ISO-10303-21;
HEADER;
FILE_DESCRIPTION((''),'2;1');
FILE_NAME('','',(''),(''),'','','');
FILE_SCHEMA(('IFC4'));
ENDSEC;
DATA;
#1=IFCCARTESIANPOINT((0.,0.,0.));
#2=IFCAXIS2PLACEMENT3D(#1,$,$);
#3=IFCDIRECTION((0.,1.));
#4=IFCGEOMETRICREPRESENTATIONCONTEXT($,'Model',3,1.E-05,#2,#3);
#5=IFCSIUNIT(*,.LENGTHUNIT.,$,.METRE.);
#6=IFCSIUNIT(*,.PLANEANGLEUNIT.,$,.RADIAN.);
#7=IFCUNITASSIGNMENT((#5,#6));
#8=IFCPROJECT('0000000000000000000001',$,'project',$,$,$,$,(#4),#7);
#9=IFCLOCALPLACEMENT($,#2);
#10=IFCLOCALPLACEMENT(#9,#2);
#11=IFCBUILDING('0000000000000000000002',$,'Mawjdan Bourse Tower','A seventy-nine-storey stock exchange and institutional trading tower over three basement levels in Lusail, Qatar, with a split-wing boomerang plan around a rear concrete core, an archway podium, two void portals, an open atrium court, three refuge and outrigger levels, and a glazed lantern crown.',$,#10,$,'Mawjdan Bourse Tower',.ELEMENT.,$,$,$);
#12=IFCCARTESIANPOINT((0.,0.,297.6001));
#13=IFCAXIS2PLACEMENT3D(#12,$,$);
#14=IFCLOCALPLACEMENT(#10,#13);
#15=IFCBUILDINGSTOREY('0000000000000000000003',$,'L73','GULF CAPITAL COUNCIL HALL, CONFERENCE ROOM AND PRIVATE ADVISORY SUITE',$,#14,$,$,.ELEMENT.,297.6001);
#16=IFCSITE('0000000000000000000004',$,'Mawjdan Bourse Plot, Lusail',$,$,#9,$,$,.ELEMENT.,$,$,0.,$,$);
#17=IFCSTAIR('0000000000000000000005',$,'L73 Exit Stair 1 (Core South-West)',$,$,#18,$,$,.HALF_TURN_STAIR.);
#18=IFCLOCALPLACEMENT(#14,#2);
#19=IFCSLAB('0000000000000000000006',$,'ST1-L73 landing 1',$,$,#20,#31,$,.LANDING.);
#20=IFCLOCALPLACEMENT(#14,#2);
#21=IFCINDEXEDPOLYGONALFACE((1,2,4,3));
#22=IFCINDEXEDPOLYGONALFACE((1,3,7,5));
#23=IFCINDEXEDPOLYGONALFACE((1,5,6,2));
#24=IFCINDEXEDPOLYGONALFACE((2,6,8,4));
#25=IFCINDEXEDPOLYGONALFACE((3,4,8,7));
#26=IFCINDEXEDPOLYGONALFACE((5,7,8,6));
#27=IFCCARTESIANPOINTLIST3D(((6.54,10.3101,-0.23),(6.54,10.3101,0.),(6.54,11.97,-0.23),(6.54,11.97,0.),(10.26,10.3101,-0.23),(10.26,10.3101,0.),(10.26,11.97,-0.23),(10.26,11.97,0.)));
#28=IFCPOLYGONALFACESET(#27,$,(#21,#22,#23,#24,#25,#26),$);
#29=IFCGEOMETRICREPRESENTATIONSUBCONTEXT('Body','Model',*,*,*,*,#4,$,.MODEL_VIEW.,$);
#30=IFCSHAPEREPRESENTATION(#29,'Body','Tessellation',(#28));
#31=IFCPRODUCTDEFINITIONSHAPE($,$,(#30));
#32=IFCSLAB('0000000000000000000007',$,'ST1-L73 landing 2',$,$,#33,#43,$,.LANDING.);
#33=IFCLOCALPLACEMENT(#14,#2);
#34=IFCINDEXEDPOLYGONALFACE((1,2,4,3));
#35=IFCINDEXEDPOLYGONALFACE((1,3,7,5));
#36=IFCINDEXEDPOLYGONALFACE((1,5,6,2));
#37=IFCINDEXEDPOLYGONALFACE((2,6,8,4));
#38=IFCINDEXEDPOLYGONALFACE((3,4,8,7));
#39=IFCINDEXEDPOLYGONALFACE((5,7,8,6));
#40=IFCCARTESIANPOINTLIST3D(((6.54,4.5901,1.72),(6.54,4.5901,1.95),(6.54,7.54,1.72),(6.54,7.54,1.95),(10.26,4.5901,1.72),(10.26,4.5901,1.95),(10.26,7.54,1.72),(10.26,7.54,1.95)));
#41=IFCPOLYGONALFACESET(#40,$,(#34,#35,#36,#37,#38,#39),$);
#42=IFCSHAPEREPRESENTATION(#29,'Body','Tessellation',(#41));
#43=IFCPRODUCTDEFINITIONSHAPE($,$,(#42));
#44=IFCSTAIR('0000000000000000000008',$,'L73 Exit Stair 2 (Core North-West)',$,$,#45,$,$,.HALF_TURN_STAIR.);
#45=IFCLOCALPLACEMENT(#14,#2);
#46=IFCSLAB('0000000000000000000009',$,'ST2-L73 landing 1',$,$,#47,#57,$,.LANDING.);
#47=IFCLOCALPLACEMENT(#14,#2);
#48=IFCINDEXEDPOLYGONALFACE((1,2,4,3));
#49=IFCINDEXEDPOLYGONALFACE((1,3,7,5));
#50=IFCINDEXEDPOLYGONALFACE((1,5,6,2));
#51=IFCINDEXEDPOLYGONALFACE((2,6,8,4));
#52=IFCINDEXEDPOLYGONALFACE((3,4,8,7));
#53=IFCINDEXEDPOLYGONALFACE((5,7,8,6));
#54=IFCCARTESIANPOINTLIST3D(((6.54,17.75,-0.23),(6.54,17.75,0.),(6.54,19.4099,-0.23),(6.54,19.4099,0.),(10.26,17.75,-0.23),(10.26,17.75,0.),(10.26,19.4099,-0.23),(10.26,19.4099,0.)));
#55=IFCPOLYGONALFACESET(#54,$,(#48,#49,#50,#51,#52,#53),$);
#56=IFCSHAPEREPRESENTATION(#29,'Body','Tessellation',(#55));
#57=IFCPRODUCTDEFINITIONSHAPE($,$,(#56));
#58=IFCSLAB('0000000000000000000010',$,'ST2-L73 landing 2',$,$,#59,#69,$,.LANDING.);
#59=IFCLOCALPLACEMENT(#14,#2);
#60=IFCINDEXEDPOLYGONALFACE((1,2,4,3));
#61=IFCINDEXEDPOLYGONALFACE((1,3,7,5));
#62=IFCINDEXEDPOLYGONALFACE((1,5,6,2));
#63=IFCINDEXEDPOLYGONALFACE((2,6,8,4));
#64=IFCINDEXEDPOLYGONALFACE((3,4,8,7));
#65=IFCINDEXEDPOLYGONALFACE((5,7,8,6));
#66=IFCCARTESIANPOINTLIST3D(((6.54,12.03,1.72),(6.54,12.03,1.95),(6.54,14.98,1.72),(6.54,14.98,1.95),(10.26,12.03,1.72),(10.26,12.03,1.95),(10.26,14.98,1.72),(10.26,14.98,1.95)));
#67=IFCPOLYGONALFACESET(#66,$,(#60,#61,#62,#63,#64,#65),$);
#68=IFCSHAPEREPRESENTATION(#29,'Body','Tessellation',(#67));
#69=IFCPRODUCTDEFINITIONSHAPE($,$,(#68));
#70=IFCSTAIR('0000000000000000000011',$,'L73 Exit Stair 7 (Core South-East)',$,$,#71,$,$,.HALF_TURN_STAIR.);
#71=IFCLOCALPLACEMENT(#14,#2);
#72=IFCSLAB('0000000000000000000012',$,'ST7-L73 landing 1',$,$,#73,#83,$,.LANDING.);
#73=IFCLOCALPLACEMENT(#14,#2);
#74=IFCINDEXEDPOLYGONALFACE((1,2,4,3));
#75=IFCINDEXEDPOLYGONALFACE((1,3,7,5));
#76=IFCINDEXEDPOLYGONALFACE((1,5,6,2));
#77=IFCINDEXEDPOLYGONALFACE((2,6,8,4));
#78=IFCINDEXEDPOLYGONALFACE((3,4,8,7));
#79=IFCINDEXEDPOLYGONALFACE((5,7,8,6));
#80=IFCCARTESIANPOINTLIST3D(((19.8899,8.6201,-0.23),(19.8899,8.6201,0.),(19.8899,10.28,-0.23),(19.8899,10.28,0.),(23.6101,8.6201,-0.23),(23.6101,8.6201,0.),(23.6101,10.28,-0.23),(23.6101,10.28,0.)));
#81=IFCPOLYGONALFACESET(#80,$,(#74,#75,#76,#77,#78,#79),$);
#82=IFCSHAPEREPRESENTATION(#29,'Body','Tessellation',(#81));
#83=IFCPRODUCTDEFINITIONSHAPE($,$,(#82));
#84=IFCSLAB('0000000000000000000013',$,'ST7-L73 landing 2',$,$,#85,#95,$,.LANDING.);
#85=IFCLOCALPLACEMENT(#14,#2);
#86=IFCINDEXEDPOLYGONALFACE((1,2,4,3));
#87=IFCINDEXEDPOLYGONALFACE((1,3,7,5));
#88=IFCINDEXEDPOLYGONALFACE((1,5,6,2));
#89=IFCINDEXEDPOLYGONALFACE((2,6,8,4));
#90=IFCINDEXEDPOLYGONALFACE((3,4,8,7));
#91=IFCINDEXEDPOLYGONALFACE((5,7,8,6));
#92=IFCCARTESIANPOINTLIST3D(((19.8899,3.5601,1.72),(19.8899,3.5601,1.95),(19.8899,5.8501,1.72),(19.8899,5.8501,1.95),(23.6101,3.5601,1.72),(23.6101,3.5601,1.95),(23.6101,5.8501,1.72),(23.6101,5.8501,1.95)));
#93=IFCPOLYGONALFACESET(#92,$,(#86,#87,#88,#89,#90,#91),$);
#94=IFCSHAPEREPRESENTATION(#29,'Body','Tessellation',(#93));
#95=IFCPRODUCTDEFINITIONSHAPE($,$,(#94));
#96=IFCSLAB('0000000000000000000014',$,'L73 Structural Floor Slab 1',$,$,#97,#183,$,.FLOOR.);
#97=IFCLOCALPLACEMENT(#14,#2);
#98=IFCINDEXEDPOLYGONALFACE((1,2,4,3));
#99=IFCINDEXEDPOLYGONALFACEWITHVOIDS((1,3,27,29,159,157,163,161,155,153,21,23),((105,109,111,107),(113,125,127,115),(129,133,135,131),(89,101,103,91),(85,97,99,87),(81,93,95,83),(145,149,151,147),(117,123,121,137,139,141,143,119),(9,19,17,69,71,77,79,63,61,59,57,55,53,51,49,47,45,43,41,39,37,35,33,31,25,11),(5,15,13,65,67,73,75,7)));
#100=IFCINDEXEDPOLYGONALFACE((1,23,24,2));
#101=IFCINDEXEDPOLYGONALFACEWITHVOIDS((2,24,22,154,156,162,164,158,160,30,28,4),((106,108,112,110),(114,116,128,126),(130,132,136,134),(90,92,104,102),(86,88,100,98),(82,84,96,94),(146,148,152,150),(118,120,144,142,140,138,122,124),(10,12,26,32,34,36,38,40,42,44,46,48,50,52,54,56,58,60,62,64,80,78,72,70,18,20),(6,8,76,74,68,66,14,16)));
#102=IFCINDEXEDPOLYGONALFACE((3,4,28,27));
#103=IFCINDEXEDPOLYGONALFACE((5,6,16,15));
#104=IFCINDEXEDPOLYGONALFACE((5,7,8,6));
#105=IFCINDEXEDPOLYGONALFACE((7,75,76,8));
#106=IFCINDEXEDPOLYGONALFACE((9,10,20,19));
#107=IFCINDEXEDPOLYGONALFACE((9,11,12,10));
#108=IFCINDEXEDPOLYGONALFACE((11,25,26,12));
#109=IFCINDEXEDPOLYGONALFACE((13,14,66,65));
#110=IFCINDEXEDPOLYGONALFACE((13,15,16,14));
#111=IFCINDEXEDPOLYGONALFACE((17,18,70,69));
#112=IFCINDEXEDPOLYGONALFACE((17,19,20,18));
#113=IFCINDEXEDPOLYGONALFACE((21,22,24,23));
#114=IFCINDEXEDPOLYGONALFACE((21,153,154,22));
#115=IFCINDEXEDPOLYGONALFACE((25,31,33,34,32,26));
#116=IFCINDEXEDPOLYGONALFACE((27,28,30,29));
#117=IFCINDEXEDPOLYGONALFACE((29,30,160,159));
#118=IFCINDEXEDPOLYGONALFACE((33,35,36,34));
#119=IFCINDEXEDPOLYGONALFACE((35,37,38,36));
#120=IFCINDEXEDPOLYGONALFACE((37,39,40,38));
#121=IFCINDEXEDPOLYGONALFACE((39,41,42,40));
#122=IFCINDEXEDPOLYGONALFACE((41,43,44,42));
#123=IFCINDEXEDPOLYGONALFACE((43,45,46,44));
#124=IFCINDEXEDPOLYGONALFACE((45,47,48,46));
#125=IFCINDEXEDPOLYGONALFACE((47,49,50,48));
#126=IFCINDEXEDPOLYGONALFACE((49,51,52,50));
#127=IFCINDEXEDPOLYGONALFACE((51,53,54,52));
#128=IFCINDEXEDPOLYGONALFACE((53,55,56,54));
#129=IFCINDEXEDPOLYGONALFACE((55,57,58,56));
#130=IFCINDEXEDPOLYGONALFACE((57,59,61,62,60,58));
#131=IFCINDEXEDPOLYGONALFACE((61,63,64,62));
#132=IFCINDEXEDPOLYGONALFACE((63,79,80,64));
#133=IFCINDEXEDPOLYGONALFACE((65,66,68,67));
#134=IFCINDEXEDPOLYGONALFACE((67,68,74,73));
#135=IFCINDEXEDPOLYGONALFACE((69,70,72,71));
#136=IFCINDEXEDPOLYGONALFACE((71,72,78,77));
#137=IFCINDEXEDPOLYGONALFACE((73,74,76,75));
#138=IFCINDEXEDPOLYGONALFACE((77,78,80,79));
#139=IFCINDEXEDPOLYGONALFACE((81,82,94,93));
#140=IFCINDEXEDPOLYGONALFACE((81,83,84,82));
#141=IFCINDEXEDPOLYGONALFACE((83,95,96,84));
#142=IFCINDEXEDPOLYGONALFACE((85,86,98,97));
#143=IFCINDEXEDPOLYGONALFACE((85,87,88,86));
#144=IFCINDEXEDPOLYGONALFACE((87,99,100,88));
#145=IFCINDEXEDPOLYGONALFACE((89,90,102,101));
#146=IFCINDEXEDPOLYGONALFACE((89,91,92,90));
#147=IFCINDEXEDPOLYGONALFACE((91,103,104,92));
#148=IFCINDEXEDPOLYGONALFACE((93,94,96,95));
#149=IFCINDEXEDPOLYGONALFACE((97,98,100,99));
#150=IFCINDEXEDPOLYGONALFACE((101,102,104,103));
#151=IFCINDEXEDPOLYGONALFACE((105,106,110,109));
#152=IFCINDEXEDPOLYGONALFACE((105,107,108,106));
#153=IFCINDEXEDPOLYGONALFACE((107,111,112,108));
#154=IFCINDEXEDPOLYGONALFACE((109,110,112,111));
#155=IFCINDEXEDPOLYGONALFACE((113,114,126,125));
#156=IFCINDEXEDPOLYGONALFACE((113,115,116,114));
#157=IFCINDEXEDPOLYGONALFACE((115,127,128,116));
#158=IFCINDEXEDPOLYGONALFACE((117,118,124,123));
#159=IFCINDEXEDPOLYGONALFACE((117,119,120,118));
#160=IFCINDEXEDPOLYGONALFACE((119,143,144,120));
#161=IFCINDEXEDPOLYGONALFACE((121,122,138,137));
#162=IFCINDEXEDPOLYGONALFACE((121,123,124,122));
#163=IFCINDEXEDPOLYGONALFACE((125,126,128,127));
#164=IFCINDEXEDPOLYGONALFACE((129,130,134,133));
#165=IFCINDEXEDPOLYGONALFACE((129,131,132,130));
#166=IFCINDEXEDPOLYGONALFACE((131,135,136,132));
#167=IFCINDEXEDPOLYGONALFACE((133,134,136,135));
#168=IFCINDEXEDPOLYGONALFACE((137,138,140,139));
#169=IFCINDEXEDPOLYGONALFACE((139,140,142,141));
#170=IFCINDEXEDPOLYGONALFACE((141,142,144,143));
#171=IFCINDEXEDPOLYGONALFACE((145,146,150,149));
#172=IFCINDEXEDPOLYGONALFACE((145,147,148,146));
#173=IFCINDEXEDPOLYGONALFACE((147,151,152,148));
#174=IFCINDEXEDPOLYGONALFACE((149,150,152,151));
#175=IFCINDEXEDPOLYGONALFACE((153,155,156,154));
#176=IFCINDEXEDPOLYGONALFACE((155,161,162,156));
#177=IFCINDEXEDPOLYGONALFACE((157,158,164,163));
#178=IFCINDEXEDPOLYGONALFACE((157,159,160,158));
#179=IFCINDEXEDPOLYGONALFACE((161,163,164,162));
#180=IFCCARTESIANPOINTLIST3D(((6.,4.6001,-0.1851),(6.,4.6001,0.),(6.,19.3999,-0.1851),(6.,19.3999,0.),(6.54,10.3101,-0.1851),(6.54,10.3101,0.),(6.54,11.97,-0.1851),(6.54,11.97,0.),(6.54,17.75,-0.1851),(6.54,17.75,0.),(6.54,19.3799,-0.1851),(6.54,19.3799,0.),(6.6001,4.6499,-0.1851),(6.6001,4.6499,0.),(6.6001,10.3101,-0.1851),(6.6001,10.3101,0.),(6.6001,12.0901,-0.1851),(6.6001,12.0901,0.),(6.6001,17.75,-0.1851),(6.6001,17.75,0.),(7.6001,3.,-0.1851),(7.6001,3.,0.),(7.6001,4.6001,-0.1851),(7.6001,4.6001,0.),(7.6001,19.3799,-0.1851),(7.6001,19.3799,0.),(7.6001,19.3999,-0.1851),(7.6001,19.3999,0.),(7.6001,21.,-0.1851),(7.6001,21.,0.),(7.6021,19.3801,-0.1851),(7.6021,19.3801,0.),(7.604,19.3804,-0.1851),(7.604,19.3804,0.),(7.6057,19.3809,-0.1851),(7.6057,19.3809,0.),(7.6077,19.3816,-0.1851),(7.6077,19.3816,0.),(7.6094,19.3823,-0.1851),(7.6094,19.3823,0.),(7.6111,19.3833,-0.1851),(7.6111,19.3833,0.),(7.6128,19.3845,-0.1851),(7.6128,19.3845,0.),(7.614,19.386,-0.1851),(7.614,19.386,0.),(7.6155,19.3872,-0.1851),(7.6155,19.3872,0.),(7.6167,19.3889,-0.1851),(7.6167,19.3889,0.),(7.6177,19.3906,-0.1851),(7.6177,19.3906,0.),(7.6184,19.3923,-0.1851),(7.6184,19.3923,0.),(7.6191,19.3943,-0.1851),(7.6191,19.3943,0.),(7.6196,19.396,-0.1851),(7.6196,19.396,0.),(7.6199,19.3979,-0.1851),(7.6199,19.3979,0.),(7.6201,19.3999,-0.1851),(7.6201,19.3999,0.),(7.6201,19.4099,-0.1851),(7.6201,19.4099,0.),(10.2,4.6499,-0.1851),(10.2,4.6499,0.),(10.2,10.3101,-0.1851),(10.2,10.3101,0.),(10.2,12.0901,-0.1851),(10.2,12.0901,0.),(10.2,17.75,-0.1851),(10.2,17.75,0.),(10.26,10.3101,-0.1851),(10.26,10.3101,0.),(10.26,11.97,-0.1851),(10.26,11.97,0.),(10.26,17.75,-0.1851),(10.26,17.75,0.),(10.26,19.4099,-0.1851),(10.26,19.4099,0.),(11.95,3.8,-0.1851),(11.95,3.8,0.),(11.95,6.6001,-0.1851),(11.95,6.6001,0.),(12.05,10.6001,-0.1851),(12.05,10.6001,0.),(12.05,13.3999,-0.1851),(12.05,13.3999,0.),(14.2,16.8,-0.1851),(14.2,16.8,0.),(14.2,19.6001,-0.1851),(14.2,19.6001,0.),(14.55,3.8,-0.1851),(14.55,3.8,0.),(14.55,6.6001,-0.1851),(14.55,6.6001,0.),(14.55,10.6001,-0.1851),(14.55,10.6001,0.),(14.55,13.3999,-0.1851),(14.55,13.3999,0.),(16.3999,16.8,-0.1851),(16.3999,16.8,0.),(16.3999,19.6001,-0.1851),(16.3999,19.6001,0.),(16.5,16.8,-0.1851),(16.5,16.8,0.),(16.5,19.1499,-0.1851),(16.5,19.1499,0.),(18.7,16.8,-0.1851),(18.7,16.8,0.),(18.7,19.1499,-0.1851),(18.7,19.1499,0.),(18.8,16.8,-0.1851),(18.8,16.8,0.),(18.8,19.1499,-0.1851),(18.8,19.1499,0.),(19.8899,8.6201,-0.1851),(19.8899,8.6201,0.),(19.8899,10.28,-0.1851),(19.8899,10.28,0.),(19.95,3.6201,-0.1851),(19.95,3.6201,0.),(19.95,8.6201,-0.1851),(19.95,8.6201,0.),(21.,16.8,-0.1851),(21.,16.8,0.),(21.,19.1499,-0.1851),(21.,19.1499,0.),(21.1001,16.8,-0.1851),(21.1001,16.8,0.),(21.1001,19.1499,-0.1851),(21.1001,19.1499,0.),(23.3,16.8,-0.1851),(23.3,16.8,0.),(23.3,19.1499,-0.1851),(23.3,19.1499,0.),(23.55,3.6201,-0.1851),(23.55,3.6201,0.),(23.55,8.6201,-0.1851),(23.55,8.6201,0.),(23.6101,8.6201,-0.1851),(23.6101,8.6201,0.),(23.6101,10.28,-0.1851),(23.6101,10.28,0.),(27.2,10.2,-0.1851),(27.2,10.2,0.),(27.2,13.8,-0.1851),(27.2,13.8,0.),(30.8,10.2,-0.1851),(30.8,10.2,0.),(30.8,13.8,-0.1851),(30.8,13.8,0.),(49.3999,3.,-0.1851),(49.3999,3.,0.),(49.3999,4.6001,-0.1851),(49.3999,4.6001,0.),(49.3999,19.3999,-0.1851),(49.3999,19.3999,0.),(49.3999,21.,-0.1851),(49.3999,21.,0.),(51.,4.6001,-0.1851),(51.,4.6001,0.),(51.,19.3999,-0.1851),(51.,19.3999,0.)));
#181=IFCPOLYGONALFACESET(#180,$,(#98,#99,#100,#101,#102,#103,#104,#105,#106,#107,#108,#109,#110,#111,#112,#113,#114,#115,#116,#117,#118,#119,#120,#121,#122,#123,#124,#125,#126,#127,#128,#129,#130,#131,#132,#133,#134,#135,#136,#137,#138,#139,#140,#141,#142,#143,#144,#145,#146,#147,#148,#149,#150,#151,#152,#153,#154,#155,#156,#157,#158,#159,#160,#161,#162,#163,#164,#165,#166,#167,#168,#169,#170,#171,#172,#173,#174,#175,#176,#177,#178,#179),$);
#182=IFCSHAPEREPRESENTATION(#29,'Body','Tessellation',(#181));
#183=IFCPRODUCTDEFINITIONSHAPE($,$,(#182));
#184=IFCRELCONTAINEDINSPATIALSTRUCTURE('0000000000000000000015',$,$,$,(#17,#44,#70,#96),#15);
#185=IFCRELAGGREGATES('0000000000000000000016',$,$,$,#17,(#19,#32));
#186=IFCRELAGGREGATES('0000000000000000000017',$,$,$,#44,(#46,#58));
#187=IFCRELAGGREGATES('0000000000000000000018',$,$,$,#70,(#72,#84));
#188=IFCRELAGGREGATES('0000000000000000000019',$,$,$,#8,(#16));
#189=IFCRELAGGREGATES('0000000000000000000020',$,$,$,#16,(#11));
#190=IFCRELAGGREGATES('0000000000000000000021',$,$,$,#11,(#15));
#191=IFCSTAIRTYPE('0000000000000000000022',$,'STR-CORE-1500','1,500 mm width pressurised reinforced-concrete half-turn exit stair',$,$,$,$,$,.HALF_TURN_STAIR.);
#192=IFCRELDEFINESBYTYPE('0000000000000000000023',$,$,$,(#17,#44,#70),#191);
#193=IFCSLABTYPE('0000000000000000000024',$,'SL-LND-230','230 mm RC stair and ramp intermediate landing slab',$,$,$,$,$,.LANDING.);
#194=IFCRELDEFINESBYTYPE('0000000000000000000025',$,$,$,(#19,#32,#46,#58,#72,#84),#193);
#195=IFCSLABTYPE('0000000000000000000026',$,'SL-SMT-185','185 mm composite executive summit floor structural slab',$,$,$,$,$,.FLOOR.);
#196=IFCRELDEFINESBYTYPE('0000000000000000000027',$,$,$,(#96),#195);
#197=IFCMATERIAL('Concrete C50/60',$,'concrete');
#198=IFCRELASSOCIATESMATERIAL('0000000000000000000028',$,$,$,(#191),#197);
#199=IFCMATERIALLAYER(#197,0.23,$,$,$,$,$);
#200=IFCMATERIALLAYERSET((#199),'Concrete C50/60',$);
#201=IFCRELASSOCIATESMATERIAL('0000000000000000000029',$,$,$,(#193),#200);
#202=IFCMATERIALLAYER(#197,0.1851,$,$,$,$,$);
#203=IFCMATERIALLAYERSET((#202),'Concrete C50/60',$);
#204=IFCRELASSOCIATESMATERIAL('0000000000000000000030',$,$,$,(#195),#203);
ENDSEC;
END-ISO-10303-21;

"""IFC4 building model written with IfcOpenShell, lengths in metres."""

from ifc_helpers import new_model, si_unit, direction, frame, origin, place, context, subcontext, project, spatial, polyline, outline, extrude, material, layer, layer_set, type_object, element, aggregate, save


model = new_model("IFC4")

# Units and contexts
model_context = context("Model", 3, precision=1e-05, world=origin(), true_north=direction((0.0, 1.0)))
body_context = subcontext(model_context, "Body", "Model", "MODEL_VIEW")
ifc_project = project(units=[si_unit("LENGTHUNIT", "METRE"), si_unit("PLANEANGLEUNIT", "RADIAN")], contexts=[model_context])

# Site, building, storey
site_placement = place(None, origin())
site = spatial("IfcSite", under=ifc_project, at=site_placement, Name="Mawjdan Bourse Plot, Lusail", CompositionType="ELEMENT", RefElevation=0.0)
building_placement = place(site_placement, origin())
building = spatial("IfcBuilding", under=site, at=building_placement, Name="Mawjdan Bourse Tower", Description="A seventy-nine-storey stock exchange and institutional trading tower over three basement levels in Lusail, Qatar, with a split-wing boomerang plan around a rear concrete core, an archway podium, two void portals, an open atrium court, three refuge and outrigger levels, and a glazed lantern crown.", LongName="Mawjdan Bourse Tower", CompositionType="ELEMENT")
storey_placement = place(building_placement, frame((0.0, 0.0, 297.6001)))
storey = spatial("IfcBuildingStorey", under=building, at=storey_placement, Name="L73", Description="GULF CAPITAL COUNCIL HALL, CONFERENCE ROOM AND PRIVATE ADVISORY SUITE", CompositionType="ELEMENT", Elevation=297.6001)

# Stairs, slabs
ifc_material_1 = material(Name="Concrete C50/60", Category="concrete")
stair_type = type_object("IfcStairType", Name="STR-CORE-1500", Description="1,500 mm width pressurised reinforced-concrete half-turn exit stair", PredefinedType="HALF_TURN_STAIR", material=ifc_material_1)
stair_1_placement = place(storey_placement, origin())
stair_1 = element("IfcStair", 1, at=stair_1_placement, inside=storey, type_object=stair_type, Name="L73 Exit Stair 1 (Core South-West)", PredefinedType="HALF_TURN_STAIR")
ifc_layer_1 = layer(ifc_material_1, 0.23)
ifc_layer_set_1 = layer_set([ifc_layer_1], Name="Concrete C50/60")
slab_type_1 = type_object("IfcSlabType", Name="SL-LND-230", Description="230 mm RC stair and ramp intermediate landing slab", PredefinedType="LANDING", material=ifc_layer_set_1)
slab_1_placement = place(storey_placement, frame((0.0, 0.0, -0.23)))
slab_1 = element("IfcSlab", 2, at=slab_1_placement, type_object=slab_type_1, Name="ST1-L73 landing 1", PredefinedType="LANDING", context=body_context, shape_type="SweptSolid", body=[
    extrude(outline(polyline([(6.54, 10.3101), (10.26, 10.3101), (10.26, 11.97), (6.54, 11.97), (6.54, 10.3101)])), origin(), (0.0, 0.0, 1.0), 0.23),
])
slab_2_placement = place(storey_placement, frame((0.0, 0.0, 1.72)))
slab_2 = element("IfcSlab", 3, at=slab_2_placement, type_object=slab_type_1, Name="ST1-L73 landing 2", PredefinedType="LANDING", context=body_context, shape_type="SweptSolid", body=[
    extrude(outline(polyline([(6.54, 4.5901), (10.26, 4.5901), (10.26, 7.54), (6.54, 7.54), (6.54, 4.5901)])), origin(), (0.0, 0.0, 1.0), 0.23),
])
aggregate(stair_1, [slab_1, slab_2])
stair_2_placement = place(storey_placement, origin())
stair_2 = element("IfcStair", 4, at=stair_2_placement, inside=storey, type_object=stair_type, Name="L73 Exit Stair 2 (Core North-West)", PredefinedType="HALF_TURN_STAIR")
slab_3_placement = place(storey_placement, frame((0.0, 0.0, -0.23)))
slab_3 = element("IfcSlab", 5, at=slab_3_placement, type_object=slab_type_1, Name="ST2-L73 landing 1", PredefinedType="LANDING", context=body_context, shape_type="SweptSolid", body=[
    extrude(outline(polyline([(6.54, 17.75), (10.26, 17.75), (10.26, 19.4099), (6.54, 19.4099), (6.54, 17.75)])), origin(), (0.0, 0.0, 1.0), 0.23),
])
slab_4_placement = place(storey_placement, frame((0.0, 0.0, 1.72)))
slab_4 = element("IfcSlab", 6, at=slab_4_placement, type_object=slab_type_1, Name="ST2-L73 landing 2", PredefinedType="LANDING", context=body_context, shape_type="SweptSolid", body=[
    extrude(outline(polyline([(6.54, 12.03), (10.26, 12.03), (10.26, 14.98), (6.54, 14.98), (6.54, 12.03)])), origin(), (0.0, 0.0, 1.0), 0.23),
])
aggregate(stair_2, [slab_3, slab_4])
stair_3_placement = place(storey_placement, origin())
stair_3 = element("IfcStair", 7, at=stair_3_placement, inside=storey, type_object=stair_type, Name="L73 Exit Stair 7 (Core South-East)", PredefinedType="HALF_TURN_STAIR")
slab_5_placement = place(storey_placement, frame((0.0, 0.0, -0.23)))
slab_5 = element("IfcSlab", 8, at=slab_5_placement, type_object=slab_type_1, Name="ST7-L73 landing 1", PredefinedType="LANDING", context=body_context, shape_type="SweptSolid", body=[
    extrude(outline(polyline([(19.8899, 8.6201), (23.6101, 8.6201), (23.6101, 10.28), (19.8899, 10.28), (19.8899, 8.6201)])), origin(), (0.0, 0.0, 1.0), 0.23),
])
slab_6_placement = place(storey_placement, frame((0.0, 0.0, 1.72)))
slab_6 = element("IfcSlab", 9, at=slab_6_placement, type_object=slab_type_1, Name="ST7-L73 landing 2", PredefinedType="LANDING", context=body_context, shape_type="SweptSolid", body=[
    extrude(outline(polyline([(19.8899, 3.5601), (23.6101, 3.5601), (23.6101, 5.8501), (19.8899, 5.8501), (19.8899, 3.5601)])), origin(), (0.0, 0.0, 1.0), 0.23),
])
aggregate(stair_3, [slab_5, slab_6])

# Slab
ifc_layer_2 = layer(ifc_material_1, 0.1851)
ifc_layer_set_2 = layer_set([ifc_layer_2], Name="Concrete C50/60")
slab_type_2 = type_object("IfcSlabType", Name="SL-SMT-185", Description="185 mm composite executive summit floor structural slab", PredefinedType="FLOOR", material=ifc_layer_set_2)
slab_7_placement = place(storey_placement, frame((0.0, 0.0, -0.1851)))
element("IfcSlab", 10, at=slab_7_placement, inside=storey, type_object=slab_type_2, Name="L73 Structural Floor Slab 1", PredefinedType="FLOOR", context=body_context, shape_type="SweptSolid", body=[
    extrude(outline(polyline([(7.6001, 3.0), (49.3999, 3.0), (49.3999, 4.6001), (51.0, 4.6001), (51.0, 19.3999), (49.3999, 19.3999), (49.3999, 21.0), (7.6001, 21.0), (7.6001, 19.3999), (6.0, 19.3999), (6.0, 4.6001), (7.6001, 4.6001), (7.6001, 3.0)]), holes=[polyline([(14.55, 3.8), (11.95, 3.8), (11.95, 6.6001), (14.55, 6.6001), (14.55, 3.8)]), polyline([(10.26, 11.97), (10.26, 10.3101), (10.2, 10.3101), (10.2, 4.6499), (6.6001, 4.6499), (6.6001, 10.3101), (6.54, 10.3101), (6.54, 11.97), (10.26, 11.97)]), polyline([(14.55, 10.6001), (12.05, 10.6001), (12.05, 13.3999), (14.55, 13.3999), (14.55, 10.6001)]), polyline([(6.6001, 12.0901), (6.6001, 17.75), (6.54, 17.75), (6.54, 19.3799), (7.6001, 19.3799), (7.6021, 19.3801), (7.604, 19.3804), (7.6057, 19.3809), (7.6077, 19.3816), (7.6094, 19.3823), (7.6111, 19.3833), (7.6128, 19.3845), (7.614, 19.386), (7.6155, 19.3872), (7.6167, 19.3889), (7.6177, 19.3906), (7.6184, 19.3923), (7.6191, 19.3943), (7.6196, 19.396), (7.6199, 19.3979), (7.6201, 19.3999), (7.6201, 19.4099), (10.26, 19.4099), (10.26, 17.75), (10.2, 17.75), (10.2, 12.0901), (6.6001, 12.0901)]), polyline([(14.2, 16.8), (14.2, 19.6001), (16.3999, 19.6001), (16.3999, 16.8), (14.2, 16.8)]), polyline([(23.6101, 10.28), (23.6101, 8.6201), (23.55, 8.6201), (23.55, 3.6201), (19.95, 3.6201), (19.95, 8.6201), (19.8899, 8.6201), (19.8899, 10.28), (23.6101, 10.28)]), polyline([(27.2, 10.2), (27.2, 13.8), (30.8, 13.8), (30.8, 10.2), (27.2, 10.2)]), polyline([(16.5, 16.8), (16.5, 19.1499), (18.7, 19.1499), (18.7, 16.8), (16.5, 16.8)]), polyline([(18.8, 16.8), (18.8, 19.1499), (21.0, 19.1499), (21.0, 16.8), (18.8, 16.8)]), polyline([(21.1001, 16.8), (21.1001, 19.1499), (23.3, 19.1499), (23.3, 16.8), (21.1001, 16.8)])]), origin(), (0.0, 0.0, 1.0), 0.1851),
])

save(model, "model.ifc")
